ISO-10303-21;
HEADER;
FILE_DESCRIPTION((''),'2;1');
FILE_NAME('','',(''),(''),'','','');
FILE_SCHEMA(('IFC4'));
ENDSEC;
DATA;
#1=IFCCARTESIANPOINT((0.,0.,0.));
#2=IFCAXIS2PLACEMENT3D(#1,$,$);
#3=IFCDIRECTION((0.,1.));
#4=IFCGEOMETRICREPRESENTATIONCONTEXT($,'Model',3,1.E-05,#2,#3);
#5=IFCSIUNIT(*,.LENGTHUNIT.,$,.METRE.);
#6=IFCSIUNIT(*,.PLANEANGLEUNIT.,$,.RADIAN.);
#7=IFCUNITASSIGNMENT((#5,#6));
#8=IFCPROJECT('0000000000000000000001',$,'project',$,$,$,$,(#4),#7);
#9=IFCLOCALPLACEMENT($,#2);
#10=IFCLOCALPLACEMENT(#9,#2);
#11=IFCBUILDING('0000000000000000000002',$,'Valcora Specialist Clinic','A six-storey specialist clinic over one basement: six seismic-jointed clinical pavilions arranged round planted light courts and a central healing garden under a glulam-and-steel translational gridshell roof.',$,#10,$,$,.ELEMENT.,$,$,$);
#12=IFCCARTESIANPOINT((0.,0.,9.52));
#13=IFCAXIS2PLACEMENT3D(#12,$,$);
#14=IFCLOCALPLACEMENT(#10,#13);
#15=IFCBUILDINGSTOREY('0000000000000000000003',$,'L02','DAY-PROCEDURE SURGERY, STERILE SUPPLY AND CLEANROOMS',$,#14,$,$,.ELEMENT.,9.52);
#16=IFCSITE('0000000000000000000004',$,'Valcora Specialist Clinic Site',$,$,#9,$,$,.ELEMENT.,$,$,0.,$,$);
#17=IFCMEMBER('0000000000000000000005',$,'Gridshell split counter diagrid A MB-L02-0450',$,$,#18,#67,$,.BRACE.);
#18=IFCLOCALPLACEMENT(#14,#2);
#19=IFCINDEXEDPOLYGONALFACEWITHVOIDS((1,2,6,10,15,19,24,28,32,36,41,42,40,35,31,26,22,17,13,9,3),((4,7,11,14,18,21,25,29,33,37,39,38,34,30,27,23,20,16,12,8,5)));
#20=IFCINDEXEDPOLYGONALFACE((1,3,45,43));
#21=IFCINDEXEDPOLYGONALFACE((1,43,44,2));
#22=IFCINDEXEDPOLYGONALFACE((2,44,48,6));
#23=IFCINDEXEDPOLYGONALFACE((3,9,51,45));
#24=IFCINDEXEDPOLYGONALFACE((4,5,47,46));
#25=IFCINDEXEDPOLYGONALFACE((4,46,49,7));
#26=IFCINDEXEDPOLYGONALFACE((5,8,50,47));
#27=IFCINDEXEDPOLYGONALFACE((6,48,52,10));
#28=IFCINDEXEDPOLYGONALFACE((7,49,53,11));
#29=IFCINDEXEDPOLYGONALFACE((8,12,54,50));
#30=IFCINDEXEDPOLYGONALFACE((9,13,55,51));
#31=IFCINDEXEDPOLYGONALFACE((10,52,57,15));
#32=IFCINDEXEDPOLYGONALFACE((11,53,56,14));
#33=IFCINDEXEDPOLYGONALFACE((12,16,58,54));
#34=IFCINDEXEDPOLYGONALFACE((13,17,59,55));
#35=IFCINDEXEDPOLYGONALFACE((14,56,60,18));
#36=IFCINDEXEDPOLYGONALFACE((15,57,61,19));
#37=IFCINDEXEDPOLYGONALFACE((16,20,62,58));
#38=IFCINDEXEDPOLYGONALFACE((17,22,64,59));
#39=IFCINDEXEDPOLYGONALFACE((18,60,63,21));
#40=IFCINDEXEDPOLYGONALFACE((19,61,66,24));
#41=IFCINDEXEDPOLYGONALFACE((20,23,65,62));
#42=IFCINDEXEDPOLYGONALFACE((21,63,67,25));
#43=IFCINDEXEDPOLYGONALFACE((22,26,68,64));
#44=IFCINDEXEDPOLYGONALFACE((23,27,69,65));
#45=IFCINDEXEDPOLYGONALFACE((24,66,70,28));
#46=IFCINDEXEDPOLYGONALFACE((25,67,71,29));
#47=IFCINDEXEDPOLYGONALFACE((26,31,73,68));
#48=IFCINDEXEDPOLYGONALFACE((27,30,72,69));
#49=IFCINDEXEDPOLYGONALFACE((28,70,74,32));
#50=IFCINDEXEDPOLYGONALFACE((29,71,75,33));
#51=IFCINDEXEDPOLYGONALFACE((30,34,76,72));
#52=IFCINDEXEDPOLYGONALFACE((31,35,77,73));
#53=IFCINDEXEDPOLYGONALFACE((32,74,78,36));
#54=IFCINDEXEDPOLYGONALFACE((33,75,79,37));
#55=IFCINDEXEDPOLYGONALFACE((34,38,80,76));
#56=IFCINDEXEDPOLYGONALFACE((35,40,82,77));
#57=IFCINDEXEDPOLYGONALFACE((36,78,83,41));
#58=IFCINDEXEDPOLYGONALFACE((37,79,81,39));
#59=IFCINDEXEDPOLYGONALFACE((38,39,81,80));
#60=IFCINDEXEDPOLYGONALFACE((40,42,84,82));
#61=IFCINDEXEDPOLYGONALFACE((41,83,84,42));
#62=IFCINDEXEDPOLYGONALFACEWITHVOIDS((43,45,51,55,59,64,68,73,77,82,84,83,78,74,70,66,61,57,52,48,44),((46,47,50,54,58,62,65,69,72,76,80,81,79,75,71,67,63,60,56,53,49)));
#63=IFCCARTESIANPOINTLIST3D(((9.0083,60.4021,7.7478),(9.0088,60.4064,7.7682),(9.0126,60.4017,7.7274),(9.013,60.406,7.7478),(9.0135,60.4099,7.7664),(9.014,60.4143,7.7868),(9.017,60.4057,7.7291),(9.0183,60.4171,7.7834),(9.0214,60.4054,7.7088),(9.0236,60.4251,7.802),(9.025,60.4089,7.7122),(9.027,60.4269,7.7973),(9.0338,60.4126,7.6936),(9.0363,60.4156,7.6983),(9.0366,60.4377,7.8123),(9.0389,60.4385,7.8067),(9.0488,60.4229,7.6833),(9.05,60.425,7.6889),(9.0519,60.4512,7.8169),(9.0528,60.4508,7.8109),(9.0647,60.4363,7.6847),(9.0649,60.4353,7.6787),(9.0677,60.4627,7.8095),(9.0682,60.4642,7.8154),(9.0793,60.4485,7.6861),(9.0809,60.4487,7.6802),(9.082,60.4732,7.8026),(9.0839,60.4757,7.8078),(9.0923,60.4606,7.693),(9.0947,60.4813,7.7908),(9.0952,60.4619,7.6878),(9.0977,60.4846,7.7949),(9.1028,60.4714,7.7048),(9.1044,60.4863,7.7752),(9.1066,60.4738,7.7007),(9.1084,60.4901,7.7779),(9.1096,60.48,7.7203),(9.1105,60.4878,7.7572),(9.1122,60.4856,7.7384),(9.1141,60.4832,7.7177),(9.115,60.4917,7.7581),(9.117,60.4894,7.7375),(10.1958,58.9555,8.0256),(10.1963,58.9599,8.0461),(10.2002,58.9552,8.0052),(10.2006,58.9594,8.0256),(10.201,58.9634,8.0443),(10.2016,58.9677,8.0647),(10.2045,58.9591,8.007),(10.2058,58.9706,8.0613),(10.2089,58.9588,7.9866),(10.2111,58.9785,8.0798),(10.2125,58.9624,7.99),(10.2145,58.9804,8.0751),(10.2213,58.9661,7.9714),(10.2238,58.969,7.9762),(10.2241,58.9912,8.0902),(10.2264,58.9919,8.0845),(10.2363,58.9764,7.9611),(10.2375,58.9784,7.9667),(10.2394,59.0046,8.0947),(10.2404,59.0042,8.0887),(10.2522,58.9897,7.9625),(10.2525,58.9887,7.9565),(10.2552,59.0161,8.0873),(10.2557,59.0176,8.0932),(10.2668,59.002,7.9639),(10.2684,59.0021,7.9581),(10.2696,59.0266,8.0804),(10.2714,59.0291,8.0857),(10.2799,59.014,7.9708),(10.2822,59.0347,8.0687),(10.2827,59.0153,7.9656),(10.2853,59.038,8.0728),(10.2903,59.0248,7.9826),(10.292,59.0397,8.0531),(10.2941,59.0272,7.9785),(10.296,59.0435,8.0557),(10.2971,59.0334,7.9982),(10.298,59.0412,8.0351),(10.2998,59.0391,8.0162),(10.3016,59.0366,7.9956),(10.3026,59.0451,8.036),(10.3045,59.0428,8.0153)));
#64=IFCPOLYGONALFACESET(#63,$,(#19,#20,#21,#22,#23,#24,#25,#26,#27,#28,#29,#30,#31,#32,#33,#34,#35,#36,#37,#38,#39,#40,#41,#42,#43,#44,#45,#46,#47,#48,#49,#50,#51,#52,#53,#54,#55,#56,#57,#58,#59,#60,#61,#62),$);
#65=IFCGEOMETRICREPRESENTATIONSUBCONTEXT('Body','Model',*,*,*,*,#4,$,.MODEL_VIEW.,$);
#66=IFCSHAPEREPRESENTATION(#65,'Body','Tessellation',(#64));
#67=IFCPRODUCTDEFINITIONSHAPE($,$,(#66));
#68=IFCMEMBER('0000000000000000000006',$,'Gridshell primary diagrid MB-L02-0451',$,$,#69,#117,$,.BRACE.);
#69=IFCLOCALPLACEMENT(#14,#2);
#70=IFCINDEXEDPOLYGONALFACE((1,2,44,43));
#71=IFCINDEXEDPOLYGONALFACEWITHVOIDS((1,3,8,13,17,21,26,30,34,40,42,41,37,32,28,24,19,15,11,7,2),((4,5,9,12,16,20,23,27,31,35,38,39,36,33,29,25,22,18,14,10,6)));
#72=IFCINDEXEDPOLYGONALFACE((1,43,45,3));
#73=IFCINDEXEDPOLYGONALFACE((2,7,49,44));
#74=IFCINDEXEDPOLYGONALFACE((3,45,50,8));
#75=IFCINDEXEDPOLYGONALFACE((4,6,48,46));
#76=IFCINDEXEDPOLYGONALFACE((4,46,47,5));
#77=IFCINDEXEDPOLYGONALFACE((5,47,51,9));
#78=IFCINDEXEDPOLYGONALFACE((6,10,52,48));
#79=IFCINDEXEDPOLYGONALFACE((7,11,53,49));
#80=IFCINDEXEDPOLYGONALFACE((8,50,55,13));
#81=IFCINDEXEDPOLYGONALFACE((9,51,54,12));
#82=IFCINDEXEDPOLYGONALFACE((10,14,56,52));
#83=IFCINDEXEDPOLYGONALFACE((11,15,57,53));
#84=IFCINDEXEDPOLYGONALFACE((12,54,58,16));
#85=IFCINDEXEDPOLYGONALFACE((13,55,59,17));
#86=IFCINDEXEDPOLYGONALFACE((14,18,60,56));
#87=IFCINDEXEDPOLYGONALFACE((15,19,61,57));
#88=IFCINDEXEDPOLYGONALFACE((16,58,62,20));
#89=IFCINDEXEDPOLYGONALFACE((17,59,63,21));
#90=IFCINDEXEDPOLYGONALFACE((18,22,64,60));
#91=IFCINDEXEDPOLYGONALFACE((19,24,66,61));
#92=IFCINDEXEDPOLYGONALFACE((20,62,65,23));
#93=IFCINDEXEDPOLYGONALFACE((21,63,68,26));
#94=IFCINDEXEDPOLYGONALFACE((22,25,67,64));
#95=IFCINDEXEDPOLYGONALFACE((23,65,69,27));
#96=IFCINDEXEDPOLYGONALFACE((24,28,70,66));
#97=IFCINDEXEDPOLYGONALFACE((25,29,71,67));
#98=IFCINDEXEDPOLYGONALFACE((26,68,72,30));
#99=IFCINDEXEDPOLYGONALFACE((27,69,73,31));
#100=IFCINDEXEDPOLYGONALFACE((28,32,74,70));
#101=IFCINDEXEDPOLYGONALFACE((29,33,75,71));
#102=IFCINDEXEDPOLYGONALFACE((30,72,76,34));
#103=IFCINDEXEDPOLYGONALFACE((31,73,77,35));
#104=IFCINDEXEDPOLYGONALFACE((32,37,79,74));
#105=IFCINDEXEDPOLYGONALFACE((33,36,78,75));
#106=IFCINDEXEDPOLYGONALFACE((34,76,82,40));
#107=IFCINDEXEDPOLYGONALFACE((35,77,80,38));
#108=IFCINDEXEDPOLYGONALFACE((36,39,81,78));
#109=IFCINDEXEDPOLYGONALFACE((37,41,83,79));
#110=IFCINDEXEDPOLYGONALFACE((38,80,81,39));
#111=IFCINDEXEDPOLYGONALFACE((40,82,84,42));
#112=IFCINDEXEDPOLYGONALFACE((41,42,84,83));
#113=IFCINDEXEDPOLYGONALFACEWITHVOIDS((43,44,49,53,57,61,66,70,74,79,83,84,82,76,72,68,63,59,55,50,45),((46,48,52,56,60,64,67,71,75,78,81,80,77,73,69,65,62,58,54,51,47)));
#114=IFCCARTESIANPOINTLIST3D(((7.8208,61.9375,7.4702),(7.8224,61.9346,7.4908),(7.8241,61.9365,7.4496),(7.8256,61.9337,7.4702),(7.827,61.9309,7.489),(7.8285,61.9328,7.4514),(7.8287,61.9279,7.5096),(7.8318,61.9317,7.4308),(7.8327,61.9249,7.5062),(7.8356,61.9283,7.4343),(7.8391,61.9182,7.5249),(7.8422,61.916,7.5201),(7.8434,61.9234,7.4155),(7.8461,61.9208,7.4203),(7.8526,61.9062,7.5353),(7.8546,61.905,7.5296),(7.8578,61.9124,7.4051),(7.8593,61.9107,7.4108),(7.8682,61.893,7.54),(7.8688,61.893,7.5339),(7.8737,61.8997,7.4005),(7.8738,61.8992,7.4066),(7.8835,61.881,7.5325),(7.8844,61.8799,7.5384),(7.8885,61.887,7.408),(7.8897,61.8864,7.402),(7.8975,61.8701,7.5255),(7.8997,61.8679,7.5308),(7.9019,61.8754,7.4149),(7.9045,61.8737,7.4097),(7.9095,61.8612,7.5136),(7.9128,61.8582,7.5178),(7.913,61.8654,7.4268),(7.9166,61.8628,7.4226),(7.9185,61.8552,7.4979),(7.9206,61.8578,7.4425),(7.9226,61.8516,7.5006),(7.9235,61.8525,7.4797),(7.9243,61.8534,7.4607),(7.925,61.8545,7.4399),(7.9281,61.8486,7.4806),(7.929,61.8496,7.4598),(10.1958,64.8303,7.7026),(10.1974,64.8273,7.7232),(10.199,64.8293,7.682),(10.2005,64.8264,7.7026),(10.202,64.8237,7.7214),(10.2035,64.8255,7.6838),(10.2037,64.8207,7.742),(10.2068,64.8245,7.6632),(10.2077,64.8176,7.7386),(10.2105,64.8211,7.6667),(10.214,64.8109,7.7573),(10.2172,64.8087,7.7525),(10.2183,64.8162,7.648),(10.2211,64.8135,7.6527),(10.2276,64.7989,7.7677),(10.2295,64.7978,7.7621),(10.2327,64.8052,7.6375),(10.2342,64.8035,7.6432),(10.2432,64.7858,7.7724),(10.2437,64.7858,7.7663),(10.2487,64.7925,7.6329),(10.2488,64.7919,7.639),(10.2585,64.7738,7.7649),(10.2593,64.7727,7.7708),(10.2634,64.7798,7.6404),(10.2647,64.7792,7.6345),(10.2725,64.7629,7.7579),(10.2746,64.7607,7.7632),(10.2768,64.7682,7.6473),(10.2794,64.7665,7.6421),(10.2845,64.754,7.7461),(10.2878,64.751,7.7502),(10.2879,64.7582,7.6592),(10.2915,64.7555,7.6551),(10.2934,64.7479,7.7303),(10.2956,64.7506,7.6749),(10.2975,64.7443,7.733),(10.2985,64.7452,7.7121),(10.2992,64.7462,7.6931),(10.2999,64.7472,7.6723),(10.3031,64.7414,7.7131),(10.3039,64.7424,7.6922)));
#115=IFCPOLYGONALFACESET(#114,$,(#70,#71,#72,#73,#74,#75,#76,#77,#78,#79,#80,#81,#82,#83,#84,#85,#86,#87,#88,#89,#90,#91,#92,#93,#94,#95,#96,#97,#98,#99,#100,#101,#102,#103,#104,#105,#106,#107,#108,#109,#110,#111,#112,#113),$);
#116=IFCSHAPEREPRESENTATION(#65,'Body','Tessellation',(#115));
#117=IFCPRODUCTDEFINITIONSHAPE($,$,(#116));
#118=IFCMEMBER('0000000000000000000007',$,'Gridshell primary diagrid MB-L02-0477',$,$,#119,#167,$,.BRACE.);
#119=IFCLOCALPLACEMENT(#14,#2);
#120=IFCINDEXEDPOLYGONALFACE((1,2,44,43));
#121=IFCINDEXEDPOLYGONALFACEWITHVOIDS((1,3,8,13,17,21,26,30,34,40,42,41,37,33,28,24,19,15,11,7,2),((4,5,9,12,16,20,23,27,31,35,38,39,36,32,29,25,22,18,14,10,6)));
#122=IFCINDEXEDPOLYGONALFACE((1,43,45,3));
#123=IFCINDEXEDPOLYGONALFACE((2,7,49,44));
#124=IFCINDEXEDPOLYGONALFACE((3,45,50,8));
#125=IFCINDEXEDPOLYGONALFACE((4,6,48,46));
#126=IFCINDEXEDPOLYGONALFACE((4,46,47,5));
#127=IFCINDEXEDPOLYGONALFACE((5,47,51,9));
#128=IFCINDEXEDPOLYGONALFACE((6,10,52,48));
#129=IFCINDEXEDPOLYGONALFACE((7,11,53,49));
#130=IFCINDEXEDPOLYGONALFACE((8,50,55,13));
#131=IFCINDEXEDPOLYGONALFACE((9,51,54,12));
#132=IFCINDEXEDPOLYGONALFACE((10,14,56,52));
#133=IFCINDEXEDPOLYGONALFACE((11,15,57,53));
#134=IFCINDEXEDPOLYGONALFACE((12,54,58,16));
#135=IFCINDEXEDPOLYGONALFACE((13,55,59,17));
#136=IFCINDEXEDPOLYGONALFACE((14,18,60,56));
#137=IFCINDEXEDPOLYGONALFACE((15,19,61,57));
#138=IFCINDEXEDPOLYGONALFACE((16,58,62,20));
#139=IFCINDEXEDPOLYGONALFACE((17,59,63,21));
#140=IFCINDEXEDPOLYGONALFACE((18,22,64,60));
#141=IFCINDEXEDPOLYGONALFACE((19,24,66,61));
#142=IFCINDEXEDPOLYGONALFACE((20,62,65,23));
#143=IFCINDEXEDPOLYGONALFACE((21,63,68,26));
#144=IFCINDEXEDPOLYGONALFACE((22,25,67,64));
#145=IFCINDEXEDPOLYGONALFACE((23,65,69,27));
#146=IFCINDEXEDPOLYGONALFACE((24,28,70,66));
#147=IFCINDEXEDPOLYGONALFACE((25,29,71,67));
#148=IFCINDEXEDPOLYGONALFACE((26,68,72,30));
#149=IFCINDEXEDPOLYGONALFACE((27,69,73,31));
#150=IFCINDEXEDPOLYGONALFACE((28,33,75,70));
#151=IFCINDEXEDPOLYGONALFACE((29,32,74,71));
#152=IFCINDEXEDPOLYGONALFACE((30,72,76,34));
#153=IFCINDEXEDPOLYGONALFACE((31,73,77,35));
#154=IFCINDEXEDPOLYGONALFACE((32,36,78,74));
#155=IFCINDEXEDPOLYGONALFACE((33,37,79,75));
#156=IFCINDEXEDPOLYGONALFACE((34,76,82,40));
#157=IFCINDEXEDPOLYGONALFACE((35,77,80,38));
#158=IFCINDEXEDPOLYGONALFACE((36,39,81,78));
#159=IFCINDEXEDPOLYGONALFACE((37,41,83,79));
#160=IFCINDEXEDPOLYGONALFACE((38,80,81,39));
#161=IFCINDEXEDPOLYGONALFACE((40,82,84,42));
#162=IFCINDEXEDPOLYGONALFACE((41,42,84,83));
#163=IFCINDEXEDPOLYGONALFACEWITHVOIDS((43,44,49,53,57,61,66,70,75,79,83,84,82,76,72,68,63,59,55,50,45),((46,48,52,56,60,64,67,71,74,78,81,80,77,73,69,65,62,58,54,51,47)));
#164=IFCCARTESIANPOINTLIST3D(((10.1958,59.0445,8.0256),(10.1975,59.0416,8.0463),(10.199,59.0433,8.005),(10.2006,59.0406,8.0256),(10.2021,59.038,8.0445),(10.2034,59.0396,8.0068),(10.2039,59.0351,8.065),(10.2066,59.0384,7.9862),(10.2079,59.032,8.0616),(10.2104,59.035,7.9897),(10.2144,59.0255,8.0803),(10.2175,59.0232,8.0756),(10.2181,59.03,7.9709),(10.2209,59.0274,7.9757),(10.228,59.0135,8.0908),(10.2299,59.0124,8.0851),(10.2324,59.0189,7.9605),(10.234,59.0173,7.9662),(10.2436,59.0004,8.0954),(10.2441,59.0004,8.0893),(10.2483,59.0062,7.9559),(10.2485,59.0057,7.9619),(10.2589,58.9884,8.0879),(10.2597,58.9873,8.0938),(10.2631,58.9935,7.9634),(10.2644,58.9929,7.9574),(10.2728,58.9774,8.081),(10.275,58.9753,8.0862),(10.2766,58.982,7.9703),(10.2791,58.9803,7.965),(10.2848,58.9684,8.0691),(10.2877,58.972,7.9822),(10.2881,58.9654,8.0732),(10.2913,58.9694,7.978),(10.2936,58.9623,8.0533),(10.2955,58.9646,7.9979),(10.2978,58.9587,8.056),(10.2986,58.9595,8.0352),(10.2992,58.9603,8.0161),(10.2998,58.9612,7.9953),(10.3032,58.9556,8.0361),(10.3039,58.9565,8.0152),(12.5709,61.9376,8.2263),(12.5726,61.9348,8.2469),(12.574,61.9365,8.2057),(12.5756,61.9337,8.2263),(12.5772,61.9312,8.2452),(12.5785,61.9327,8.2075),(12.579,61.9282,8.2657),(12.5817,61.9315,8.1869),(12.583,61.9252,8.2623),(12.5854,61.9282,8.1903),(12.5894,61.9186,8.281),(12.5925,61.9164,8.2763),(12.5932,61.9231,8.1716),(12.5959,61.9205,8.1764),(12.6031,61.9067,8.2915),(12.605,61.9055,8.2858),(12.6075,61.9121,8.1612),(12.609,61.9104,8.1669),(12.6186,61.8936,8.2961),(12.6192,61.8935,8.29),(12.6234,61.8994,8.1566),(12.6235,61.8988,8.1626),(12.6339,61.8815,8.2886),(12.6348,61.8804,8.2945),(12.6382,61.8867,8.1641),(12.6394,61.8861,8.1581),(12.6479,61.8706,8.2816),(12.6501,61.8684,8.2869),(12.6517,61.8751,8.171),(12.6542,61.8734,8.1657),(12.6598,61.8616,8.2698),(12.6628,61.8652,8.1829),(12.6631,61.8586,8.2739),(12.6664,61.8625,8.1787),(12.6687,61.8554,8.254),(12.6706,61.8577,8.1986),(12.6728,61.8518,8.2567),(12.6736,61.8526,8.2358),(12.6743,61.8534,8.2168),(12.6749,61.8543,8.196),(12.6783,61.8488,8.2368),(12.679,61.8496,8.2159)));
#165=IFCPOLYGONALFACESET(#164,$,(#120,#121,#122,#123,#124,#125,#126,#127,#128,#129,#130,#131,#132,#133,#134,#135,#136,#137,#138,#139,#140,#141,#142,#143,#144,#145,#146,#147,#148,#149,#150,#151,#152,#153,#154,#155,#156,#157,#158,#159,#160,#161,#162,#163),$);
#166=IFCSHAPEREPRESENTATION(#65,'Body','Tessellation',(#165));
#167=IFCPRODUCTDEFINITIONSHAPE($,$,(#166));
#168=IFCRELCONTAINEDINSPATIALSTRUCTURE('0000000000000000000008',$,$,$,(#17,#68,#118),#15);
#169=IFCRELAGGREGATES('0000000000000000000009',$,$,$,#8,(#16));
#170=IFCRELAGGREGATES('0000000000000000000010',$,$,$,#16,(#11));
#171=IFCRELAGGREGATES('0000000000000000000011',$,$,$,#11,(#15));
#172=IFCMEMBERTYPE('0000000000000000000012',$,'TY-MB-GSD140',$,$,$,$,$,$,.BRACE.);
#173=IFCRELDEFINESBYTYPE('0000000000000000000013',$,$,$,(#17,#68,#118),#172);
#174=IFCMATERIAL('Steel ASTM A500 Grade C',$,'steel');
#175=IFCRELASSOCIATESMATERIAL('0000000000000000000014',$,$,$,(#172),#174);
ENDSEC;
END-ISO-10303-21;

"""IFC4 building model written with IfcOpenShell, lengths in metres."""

from ifc_helpers import new_model, si_unit, direction, frame, origin, origin_2d, place, context, subcontext, project, spatial, hollow_circle, extrude, material, material_profile, profile_set, type_object, element, save


model = new_model("IFC4")

# Units and contexts
model_context = context("Model", 3, precision=1e-05, world=origin(), true_north=direction((0.0, 1.0)))
body_context = subcontext(model_context, "Body", "Model", "MODEL_VIEW")
ifc_project = project(units=[si_unit("LENGTHUNIT", "METRE"), si_unit("PLANEANGLEUNIT", "RADIAN")], contexts=[model_context])

# Site, building, storey
site_placement = place(None, origin())
site = spatial("IfcSite", under=ifc_project, at=site_placement, Name="Valcora Specialist Clinic Site", CompositionType="ELEMENT", RefElevation=0.0)
building_placement = place(site_placement, origin())
building = spatial("IfcBuilding", under=site, at=building_placement, Name="Valcora Specialist Clinic", Description="A six-storey specialist clinic over one basement: six seismic-jointed clinical pavilions arranged round planted light courts and a central healing garden under a glulam-and-steel translational gridshell roof.", CompositionType="ELEMENT")
storey_placement = place(building_placement, frame((0.0, 0.0, 9.52)))
storey = spatial("IfcBuildingStorey", under=building, at=storey_placement, Name="L02", Description="DAY-PROCEDURE SURGERY, STERILE SUPPLY AND CLEANROOMS", CompositionType="ELEMENT", Elevation=9.52)

# Members
ifc_material_1 = material(Name="Steel ASTM A500 Grade C", Category="steel")
ifc_material_profile_1 = material_profile(ifc_material_1, hollow_circle(Radius=0.0701, WallThickness=0.0061, at=origin_2d()), Name="ST-CHS-140X6")
ifc_profile_set_1 = profile_set([ifc_material_profile_1], Name="Steel ASTM A500 Grade C")
member_type_1 = type_object("IfcMemberType", Name="TY-MB-GSD140", PredefinedType="BRACE", material=ifc_profile_set_1)
member_1_placement = place(storey_placement, frame((10.25, 59.0, 8.0256), z_axis=(-0.62763, 0.764537, -0.146843), x_axis=(-0.772916, -0.634508, 0.0)))
element("IfcMember", 1, at=member_1_placement, inside=storey, type_object=member_type_1, Name="Gridshell split counter diagrid A MB-L02-0450", PredefinedType="BRACE", context=body_context, shape_type="SweptSolid", body=[
    extrude(hollow_circle(Radius=0.0701, WallThickness=0.0061, at=origin_2d()), origin(), (0.0, 0.0, 1.0), 1.8921),
])
member_2_placement = place(storey_placement, frame((7.875, 61.8931, 7.4702), z_axis=(0.633321, 0.771404, 0.061978), x_axis=(-0.77289, 0.63454, 0.0)))
element("IfcMember", 2, at=member_2_placement, inside=storey, type_object=member_type_1, Name="Gridshell primary diagrid MB-L02-0451", PredefinedType="BRACE", context=body_context, shape_type="SweptSolid", body=[
    extrude(hollow_circle(Radius=0.0701, WallThickness=0.0061, at=origin_2d()), origin(), (0.0, 0.0, 1.0), 3.75),
])
member_3_placement = place(storey_placement, frame((10.25, 59.0, 8.0256), z_axis=(0.633598, 0.771807, 0.053538), x_axis=(-0.772916, 0.634508, 0.0)))
element("IfcMember", 3, at=member_3_placement, inside=storey, type_object=member_type_1, Name="Gridshell primary diagrid MB-L02-0477", PredefinedType="BRACE", context=body_context, shape_type="SweptSolid", body=[
    extrude(hollow_circle(Radius=0.0701, WallThickness=0.0061, at=origin_2d()), origin(), (0.0, 0.0, 1.0), 3.7485),
])

save(model, "model.ifc")
